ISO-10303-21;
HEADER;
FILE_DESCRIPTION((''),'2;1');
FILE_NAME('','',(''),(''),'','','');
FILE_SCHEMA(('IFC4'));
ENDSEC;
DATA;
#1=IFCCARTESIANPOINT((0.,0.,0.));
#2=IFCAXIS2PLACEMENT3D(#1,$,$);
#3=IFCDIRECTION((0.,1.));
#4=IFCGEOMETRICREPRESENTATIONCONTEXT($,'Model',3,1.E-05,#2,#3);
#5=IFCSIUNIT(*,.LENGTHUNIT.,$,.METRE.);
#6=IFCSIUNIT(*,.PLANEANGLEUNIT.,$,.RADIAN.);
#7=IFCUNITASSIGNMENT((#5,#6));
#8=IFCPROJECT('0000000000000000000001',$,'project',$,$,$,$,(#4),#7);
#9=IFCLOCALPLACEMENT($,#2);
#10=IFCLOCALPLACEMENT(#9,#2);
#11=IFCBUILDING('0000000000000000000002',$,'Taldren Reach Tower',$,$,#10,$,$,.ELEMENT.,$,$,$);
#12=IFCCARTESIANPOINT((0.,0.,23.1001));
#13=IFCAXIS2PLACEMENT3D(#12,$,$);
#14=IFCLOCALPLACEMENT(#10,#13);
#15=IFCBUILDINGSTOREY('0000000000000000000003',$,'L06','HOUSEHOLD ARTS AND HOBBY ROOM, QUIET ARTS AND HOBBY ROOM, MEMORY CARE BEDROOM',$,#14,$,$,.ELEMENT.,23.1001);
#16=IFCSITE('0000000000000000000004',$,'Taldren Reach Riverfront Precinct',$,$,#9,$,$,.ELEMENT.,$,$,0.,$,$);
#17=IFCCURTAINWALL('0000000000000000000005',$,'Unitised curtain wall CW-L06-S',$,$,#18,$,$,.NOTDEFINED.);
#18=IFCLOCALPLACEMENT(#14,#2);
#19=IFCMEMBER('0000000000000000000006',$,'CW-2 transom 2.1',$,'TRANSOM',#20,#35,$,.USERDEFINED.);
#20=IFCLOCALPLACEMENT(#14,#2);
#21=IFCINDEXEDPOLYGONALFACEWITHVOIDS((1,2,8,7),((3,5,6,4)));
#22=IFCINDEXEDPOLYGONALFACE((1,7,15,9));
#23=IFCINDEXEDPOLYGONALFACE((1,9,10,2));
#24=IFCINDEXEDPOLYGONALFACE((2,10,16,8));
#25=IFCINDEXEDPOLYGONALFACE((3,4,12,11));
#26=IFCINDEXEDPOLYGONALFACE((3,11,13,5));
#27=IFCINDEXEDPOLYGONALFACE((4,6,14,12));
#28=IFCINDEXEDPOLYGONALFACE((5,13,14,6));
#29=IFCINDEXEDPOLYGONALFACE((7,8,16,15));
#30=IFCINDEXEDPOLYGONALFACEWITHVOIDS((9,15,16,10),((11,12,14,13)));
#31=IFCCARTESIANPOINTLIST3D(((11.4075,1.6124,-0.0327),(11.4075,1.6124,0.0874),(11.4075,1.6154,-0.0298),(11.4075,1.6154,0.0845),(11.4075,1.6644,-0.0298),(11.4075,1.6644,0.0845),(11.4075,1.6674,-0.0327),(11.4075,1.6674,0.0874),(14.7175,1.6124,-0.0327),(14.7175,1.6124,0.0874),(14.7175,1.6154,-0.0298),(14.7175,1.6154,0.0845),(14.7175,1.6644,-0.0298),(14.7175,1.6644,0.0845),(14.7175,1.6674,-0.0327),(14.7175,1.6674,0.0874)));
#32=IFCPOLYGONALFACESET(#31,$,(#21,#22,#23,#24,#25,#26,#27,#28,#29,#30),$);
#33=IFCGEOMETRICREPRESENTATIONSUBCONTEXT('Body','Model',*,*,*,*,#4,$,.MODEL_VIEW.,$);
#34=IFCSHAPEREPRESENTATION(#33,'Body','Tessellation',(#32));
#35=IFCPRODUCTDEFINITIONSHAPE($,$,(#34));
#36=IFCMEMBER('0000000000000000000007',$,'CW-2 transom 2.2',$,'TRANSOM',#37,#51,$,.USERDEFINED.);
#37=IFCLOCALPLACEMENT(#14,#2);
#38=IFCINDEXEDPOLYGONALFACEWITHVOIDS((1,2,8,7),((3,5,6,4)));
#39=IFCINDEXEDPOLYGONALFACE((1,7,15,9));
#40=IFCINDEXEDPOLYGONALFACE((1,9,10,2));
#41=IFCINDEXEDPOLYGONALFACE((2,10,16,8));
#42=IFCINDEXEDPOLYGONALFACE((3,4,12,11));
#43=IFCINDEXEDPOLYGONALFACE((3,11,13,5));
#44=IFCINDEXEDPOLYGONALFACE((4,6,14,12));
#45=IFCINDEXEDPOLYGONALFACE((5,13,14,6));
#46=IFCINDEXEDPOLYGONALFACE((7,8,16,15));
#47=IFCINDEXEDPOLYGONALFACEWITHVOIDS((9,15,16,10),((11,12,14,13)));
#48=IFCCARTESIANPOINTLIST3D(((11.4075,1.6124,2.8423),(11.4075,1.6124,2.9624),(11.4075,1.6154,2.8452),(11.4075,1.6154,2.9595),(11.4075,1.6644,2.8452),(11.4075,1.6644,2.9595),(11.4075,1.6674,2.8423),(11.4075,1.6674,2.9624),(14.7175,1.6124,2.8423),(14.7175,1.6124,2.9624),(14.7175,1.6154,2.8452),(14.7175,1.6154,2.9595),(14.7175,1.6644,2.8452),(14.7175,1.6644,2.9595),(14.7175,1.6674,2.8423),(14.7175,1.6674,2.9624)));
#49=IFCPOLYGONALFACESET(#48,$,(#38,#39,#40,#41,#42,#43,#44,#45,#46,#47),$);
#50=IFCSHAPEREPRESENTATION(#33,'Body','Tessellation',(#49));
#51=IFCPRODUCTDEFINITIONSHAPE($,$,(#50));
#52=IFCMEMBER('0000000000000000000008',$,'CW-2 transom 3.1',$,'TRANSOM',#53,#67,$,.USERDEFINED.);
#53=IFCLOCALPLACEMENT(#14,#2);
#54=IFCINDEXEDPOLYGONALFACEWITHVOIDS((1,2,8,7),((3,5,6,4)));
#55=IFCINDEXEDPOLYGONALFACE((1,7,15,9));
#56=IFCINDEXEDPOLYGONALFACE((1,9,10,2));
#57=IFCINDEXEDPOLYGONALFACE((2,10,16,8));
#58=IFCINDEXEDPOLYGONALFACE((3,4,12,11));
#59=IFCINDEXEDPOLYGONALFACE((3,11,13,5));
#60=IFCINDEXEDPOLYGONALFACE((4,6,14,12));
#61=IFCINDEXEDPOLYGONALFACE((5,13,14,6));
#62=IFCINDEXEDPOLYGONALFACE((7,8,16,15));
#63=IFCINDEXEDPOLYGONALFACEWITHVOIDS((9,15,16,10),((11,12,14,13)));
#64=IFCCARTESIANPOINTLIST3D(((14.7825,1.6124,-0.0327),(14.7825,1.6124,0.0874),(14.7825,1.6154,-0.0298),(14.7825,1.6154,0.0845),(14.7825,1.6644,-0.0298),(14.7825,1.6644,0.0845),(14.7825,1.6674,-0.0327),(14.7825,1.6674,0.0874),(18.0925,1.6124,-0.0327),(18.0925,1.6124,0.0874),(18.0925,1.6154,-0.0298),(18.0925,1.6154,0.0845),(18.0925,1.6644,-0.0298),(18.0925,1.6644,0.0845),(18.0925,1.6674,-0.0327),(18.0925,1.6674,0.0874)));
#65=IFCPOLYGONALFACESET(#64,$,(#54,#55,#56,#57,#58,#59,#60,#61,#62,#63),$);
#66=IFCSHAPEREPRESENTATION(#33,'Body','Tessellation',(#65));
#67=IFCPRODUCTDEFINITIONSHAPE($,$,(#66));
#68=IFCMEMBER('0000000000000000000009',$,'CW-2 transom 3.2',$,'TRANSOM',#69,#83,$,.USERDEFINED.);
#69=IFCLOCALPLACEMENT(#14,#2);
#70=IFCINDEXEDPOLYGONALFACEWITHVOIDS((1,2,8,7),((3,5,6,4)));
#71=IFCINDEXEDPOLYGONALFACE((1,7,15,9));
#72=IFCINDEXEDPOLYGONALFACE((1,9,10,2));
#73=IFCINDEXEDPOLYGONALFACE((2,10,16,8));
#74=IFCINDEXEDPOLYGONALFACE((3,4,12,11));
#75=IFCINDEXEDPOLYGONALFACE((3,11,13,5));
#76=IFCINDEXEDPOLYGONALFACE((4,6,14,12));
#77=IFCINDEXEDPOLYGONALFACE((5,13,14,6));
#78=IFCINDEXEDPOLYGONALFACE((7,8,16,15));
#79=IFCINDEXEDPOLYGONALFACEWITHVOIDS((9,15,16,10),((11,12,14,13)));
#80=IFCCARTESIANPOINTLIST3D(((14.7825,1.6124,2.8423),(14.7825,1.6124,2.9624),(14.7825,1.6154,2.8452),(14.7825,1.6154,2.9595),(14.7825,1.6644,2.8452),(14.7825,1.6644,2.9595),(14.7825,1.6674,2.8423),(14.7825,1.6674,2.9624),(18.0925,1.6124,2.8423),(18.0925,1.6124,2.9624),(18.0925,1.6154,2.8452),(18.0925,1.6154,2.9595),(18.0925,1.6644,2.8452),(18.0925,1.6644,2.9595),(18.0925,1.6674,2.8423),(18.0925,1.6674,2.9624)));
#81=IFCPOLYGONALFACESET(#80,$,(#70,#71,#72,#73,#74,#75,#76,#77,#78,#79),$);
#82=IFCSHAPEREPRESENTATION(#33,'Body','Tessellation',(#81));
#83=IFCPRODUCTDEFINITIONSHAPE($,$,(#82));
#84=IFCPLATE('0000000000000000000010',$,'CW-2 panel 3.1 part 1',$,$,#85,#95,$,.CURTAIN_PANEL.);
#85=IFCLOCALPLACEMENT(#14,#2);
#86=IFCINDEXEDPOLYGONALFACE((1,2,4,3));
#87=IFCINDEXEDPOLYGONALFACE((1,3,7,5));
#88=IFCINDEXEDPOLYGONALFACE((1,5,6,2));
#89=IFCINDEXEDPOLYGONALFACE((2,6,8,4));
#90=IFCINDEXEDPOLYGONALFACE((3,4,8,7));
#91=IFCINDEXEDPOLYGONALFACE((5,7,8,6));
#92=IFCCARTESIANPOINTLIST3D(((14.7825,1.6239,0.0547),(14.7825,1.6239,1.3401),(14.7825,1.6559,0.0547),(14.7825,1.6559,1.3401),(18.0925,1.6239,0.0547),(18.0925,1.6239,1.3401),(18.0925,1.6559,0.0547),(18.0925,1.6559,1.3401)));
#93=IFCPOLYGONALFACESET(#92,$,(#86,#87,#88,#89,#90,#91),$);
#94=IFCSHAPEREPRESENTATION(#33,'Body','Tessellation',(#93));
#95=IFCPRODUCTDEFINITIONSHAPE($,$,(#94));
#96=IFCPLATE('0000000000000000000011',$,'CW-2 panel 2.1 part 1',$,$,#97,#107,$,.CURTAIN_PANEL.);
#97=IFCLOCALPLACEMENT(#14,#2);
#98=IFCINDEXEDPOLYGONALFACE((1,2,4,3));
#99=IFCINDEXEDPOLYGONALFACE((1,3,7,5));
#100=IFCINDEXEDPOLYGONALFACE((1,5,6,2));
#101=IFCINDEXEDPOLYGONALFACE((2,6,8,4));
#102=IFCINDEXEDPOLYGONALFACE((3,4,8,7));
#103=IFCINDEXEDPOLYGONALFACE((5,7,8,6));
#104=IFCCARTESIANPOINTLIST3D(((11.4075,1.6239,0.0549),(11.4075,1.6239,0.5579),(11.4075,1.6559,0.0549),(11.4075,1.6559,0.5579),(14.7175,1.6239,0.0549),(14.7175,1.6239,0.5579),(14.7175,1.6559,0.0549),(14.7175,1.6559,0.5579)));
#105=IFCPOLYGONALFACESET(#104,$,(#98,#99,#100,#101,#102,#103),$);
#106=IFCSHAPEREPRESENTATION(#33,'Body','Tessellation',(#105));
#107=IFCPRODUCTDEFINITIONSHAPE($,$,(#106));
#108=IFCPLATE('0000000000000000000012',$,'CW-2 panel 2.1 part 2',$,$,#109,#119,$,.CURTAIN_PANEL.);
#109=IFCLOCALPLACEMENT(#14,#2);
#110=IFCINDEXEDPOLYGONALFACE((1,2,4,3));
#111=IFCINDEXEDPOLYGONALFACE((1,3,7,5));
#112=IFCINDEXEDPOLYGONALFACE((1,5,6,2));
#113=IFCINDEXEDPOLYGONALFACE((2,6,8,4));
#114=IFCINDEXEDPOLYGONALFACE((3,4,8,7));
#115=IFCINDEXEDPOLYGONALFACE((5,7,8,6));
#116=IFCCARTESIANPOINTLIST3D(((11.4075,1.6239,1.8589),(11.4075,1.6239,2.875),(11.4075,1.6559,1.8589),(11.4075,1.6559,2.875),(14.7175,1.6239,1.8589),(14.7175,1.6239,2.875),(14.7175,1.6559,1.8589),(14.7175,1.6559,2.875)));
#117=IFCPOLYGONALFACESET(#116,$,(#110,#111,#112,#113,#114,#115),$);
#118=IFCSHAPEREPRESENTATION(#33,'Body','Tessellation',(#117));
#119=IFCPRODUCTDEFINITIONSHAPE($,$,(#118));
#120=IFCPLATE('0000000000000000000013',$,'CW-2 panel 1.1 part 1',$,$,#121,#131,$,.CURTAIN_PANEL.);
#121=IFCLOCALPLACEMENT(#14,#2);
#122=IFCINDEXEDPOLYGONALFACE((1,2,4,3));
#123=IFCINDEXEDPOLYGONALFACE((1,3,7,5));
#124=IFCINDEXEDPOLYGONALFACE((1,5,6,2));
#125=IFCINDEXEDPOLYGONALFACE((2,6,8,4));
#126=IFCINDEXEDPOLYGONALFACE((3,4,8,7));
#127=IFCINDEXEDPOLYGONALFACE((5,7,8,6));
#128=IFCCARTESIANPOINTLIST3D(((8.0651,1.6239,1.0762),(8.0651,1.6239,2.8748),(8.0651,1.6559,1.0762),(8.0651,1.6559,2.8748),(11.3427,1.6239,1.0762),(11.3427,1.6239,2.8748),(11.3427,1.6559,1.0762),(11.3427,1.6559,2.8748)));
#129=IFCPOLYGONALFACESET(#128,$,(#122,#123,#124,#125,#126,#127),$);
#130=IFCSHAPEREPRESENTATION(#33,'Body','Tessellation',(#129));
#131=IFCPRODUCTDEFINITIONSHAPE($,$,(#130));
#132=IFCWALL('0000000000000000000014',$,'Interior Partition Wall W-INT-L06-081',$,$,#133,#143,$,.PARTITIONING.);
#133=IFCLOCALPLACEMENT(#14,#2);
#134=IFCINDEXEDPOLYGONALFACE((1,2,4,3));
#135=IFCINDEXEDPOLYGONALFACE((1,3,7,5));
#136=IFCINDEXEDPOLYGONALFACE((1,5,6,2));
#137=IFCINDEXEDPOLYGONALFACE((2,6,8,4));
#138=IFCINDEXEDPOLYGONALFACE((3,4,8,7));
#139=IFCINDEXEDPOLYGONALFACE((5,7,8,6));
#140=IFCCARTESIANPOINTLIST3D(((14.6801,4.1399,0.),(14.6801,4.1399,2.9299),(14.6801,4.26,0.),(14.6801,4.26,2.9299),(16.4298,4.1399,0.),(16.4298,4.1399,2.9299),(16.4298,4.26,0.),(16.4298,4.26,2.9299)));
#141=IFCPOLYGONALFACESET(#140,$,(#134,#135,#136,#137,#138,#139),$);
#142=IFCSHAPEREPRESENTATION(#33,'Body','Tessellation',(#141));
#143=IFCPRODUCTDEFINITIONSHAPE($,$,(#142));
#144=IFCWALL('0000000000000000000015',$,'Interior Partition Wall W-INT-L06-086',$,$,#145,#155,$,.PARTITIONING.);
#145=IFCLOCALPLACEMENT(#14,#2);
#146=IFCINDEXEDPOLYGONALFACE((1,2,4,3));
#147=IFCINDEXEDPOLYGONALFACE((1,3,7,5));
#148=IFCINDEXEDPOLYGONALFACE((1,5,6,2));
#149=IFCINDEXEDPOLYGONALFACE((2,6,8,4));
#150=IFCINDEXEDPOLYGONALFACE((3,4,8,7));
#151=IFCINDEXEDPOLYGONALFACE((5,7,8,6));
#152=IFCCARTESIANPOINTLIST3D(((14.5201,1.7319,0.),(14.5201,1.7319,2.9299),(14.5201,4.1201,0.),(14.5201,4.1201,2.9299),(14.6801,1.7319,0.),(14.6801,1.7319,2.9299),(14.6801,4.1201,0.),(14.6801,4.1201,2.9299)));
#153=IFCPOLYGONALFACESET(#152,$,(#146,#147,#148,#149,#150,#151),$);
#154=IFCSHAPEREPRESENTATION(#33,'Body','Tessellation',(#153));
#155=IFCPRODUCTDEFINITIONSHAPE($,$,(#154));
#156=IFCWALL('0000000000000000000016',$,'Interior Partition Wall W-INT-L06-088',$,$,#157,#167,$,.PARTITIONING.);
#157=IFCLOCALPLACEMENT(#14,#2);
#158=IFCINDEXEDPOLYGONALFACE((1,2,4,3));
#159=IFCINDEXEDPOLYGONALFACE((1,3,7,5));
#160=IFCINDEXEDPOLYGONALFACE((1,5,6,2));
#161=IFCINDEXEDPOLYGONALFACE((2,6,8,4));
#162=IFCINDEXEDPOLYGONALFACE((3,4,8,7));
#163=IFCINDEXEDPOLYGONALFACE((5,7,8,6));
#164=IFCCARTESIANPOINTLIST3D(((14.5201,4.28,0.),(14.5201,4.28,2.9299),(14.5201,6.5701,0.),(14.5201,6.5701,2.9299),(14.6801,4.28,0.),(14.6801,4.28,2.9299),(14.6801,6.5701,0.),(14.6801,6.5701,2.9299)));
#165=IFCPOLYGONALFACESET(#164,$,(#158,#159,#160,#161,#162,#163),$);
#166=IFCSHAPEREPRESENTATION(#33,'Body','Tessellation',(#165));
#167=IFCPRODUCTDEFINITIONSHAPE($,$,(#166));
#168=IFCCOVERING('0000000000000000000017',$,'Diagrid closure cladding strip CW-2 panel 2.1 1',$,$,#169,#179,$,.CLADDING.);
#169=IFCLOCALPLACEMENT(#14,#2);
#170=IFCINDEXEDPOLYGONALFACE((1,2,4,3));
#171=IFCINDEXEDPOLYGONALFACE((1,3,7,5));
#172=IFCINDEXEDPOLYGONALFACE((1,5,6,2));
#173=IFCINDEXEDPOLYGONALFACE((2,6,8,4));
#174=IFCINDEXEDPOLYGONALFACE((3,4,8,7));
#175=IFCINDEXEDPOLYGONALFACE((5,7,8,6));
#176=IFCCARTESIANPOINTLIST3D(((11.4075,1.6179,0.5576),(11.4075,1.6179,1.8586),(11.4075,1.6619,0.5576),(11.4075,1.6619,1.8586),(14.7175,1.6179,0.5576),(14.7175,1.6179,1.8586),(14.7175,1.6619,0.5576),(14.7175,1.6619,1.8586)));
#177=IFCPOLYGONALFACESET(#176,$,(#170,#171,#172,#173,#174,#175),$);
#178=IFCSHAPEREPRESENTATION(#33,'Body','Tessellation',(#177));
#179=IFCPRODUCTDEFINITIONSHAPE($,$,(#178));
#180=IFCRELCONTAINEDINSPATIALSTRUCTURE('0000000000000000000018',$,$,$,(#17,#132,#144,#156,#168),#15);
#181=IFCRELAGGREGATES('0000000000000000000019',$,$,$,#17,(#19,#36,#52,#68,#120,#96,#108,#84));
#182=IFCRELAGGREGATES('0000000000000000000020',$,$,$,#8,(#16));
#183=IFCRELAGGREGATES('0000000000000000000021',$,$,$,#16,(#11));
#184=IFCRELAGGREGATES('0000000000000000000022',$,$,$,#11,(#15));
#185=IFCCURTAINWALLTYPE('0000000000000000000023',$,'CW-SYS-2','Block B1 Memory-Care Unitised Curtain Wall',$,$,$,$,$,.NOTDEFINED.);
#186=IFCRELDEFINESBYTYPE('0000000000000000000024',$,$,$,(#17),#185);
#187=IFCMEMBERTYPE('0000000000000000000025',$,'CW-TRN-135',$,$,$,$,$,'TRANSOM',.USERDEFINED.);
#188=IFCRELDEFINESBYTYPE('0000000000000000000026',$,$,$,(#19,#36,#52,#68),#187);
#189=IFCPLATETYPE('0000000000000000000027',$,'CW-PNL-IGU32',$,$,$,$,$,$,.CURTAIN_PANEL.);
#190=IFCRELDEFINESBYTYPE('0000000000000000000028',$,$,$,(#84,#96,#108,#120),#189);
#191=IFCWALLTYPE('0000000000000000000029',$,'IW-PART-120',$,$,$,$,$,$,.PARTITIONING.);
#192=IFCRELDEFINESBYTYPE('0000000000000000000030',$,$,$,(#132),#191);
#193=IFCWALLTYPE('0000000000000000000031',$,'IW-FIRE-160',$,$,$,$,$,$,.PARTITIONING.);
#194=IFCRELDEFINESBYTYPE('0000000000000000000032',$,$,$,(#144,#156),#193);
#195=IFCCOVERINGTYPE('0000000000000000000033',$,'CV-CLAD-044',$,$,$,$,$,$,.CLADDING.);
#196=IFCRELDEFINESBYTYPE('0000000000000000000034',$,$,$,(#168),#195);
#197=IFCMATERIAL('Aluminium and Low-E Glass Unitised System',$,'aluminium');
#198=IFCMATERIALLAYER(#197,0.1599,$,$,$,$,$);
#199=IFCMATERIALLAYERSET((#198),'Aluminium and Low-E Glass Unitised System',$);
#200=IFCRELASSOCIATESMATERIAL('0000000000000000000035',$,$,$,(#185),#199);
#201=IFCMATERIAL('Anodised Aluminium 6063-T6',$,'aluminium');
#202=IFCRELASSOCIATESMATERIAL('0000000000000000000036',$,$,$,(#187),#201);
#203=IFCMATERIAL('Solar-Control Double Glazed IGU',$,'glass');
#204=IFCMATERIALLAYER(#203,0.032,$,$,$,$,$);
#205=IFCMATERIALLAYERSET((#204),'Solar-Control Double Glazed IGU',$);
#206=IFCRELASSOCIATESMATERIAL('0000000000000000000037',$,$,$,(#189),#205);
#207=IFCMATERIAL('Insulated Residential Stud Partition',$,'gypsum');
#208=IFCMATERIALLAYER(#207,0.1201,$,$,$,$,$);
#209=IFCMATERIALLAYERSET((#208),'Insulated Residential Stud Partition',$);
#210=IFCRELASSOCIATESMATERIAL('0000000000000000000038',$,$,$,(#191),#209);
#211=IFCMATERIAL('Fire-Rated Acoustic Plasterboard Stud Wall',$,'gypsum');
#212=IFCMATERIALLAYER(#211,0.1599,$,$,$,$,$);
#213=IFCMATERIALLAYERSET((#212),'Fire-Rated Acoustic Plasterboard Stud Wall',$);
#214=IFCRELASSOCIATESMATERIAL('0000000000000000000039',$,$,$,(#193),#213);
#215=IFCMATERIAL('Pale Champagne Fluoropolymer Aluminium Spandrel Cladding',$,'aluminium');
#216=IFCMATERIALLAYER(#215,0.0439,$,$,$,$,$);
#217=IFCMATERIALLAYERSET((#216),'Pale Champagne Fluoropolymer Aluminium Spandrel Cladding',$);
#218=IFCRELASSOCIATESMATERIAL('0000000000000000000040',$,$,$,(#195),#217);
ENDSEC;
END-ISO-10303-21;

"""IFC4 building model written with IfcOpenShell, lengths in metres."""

from ifc_helpers import new_model, si_unit, direction, frame, frame_2d, origin, origin_2d, place, context, subcontext, project, spatial, rectangle, hollow_rectangle, extrude, source, transform, mapped, material, layer, layer_set, material_profile, profile_set, type_object, element, aggregate, save


model = new_model("IFC4")

# Units and contexts
model_context = context("Model", 3, precision=1e-05, world=origin(), true_north=direction((0.0, 1.0)))
body_context = subcontext(model_context, "Body", "Model", "MODEL_VIEW")
ifc_project = project(units=[si_unit("LENGTHUNIT", "METRE"), si_unit("PLANEANGLEUNIT", "RADIAN")], contexts=[model_context])

# Site, building, storey
site_placement = place(None, origin())
site = spatial("IfcSite", under=ifc_project, at=site_placement, Name="Taldren Reach Riverfront Precinct", CompositionType="ELEMENT", RefElevation=0.0)
building_placement = place(site_placement, origin())
building = spatial("IfcBuilding", under=site, at=building_placement, Name="Taldren Reach Tower", CompositionType="ELEMENT")
storey_placement = place(building_placement, frame((0.0, 0.0, 23.1001)))
storey = spatial("IfcBuildingStorey", under=building, at=storey_placement, Name="L06", Description="HOUSEHOLD ARTS AND HOBBY ROOM, QUIET ARTS AND HOBBY ROOM, MEMORY CARE BEDROOM", CompositionType="ELEMENT", Elevation=23.1001)

# Curtain wall, members, plates
ifc_material_1 = material(Name="Aluminium and Low-E Glass Unitised System", Category="aluminium")
ifc_layer_1 = layer(ifc_material_1, 0.1599)
ifc_layer_set_1 = layer_set([ifc_layer_1], Name="Aluminium and Low-E Glass Unitised System")
curtain_wall_type = type_object("IfcCurtainWallType", Name="CW-SYS-2", Description="Block B1 Memory-Care Unitised Curtain Wall", PredefinedType="NOTDEFINED", material=ifc_layer_set_1)
curtain_wall_placement = place(storey_placement, origin())
curtain_wall = element("IfcCurtainWall", 1, at=curtain_wall_placement, inside=storey, type_object=curtain_wall_type, Name="Unitised curtain wall CW-L06-S", PredefinedType="NOTDEFINED")
ifc_material_2 = material(Name="Anodised Aluminium 6063-T6", Category="aluminium")
ifc_material_profile_1 = material_profile(ifc_material_2, hollow_rectangle(XDim=0.0549, YDim=0.1201, WallThickness=0.0029, at=origin_2d()), Name="ALU-120x55x3RHS")
ifc_profile_set_1 = profile_set([ifc_material_profile_1], Name="Anodised Aluminium 6063-T6")
member_type_1 = type_object("IfcMemberType", Name="CW-TRN-135", ElementType="TRANSOM", PredefinedType="USERDEFINED", material=ifc_profile_set_1)
shared_shape_1 = source(origin(), body_context, "Body", "SweptSolid", [
    extrude(hollow_rectangle(XDim=0.0549, YDim=0.1201, WallThickness=0.0029, at=origin_2d()), origin(), (0.0, 0.0, 1.0), 3.3101),
])
member_1_placement = place(storey_placement, frame((11.4075, 1.6399, 0.0273), z_axis=(1.0, 0.0, 0.0), x_axis=(0.0, 1.0, 0.0)))
member_1 = element("IfcMember", 2, at=member_1_placement, type_object=member_type_1, Name="CW-2 transom 2.1", ObjectType="TRANSOM", PredefinedType="USERDEFINED", context=body_context, shape_type="MappedRepresentation", body=[
    mapped(shared_shape_1, transform((0.0, 0.0, 0.0), scale=1.0)),
])
member_2_placement = place(storey_placement, frame((11.4075, 1.6399, 2.9023), z_axis=(1.0, 0.0, 0.0), x_axis=(0.0, 1.0, 0.0)))
member_2 = element("IfcMember", 3, at=member_2_placement, type_object=member_type_1, Name="CW-2 transom 2.2", ObjectType="TRANSOM", PredefinedType="USERDEFINED", context=body_context, shape_type="MappedRepresentation", body=[
    mapped(shared_shape_1, transform((0.0, 0.0, 0.0), scale=1.0)),
])
member_3_placement = place(storey_placement, frame((14.7825, 1.6399, 0.0273), z_axis=(1.0, 0.0, 0.0), x_axis=(0.0, 1.0, 0.0)))
member_3 = element("IfcMember", 4, at=member_3_placement, type_object=member_type_1, Name="CW-2 transom 3.1", ObjectType="TRANSOM", PredefinedType="USERDEFINED", context=body_context, shape_type="MappedRepresentation", body=[
    mapped(shared_shape_1, transform((0.0, 0.0, 0.0), scale=1.0)),
])
member_4_placement = place(storey_placement, frame((14.7825, 1.6399, 2.9023), z_axis=(1.0, 0.0, 0.0), x_axis=(0.0, 1.0, 0.0)))
member_4 = element("IfcMember", 5, at=member_4_placement, type_object=member_type_1, Name="CW-2 transom 3.2", ObjectType="TRANSOM", PredefinedType="USERDEFINED", context=body_context, shape_type="MappedRepresentation", body=[
    mapped(shared_shape_1, transform((0.0, 0.0, 0.0), scale=1.0)),
])
ifc_material_3 = material(Name="Solar-Control Double Glazed IGU", Category="glass")
ifc_layer_2 = layer(ifc_material_3, 0.032)
ifc_layer_set_2 = layer_set([ifc_layer_2], Name="Solar-Control Double Glazed IGU")
plate_type = type_object("IfcPlateType", Name="CW-PNL-IGU32", PredefinedType="CURTAIN_PANEL", material=ifc_layer_set_2)
shared_shape_2 = source(origin(), body_context, "Body", "SweptSolid", [
    extrude(rectangle(XDim=3.3101, YDim=0.032, at=origin_2d()), origin(), (0.0, 0.0, 1.0), 1.2854),
])
plate_1_placement = place(storey_placement, frame((16.4375, 1.6399, 0.0547), z_axis=(0.0, 0.0, 1.0), x_axis=(1.0, 0.0, 0.0)))
plate_1 = element("IfcPlate", 6, at=plate_1_placement, type_object=plate_type, Name="CW-2 panel 3.1 part 1", PredefinedType="CURTAIN_PANEL", context=body_context, shape_type="MappedRepresentation", body=[
    mapped(shared_shape_2, transform((0.0, 0.0, 0.0), scale=1.0)),
])
shared_shape_3 = source(origin(), body_context, "Body", "SweptSolid", [
    extrude(rectangle(XDim=3.3101, YDim=0.032, at=origin_2d()), origin(), (0.0, 0.0, 1.0), 0.5029),
])
plate_2_placement = place(storey_placement, frame((13.0625, 1.6399, 0.0549), z_axis=(0.0, 0.0, 1.0), x_axis=(1.0, 0.0, 0.0)))
plate_2 = element("IfcPlate", 7, at=plate_2_placement, type_object=plate_type, Name="CW-2 panel 2.1 part 1", PredefinedType="CURTAIN_PANEL", context=body_context, shape_type="MappedRepresentation", body=[
    mapped(shared_shape_3, transform((0.0, 0.0, 0.0), scale=1.0)),
])
shared_shape_4 = source(origin(), body_context, "Body", "SweptSolid", [
    extrude(rectangle(XDim=3.3101, YDim=0.032, at=origin_2d()), origin(), (0.0, 0.0, 1.0), 1.0161),
])
plate_3_placement = place(storey_placement, frame((13.0625, 1.6399, 1.8589), z_axis=(0.0, 0.0, 1.0), x_axis=(1.0, 0.0, 0.0)))
plate_3 = element("IfcPlate", 8, at=plate_3_placement, type_object=plate_type, Name="CW-2 panel 2.1 part 2", PredefinedType="CURTAIN_PANEL", context=body_context, shape_type="MappedRepresentation", body=[
    mapped(shared_shape_4, transform((0.0, 0.0, 0.0), scale=1.0)),
])
shared_shape_5 = source(origin(), body_context, "Body", "SweptSolid", [
    extrude(rectangle(XDim=3.2776, YDim=0.032, at=origin_2d()), origin(), (0.0, 0.0, 1.0), 1.7986),
])
plate_4_placement = place(storey_placement, frame((9.7039, 1.6399, 1.0762), z_axis=(0.0, 0.0, 1.0), x_axis=(1.0, 0.0, 0.0)))
plate_4 = element("IfcPlate", 9, at=plate_4_placement, type_object=plate_type, Name="CW-2 panel 1.1 part 1", PredefinedType="CURTAIN_PANEL", context=body_context, shape_type="MappedRepresentation", body=[
    mapped(shared_shape_5, transform((0.0, 0.0, 0.0), scale=1.0)),
])
aggregate(curtain_wall, [member_1, member_2, member_3, member_4, plate_4, plate_2, plate_3, plate_1])

# Walls
ifc_material_4 = material(Name="Insulated Residential Stud Partition", Category="gypsum")
ifc_layer_3 = layer(ifc_material_4, 0.1201)
ifc_layer_set_3 = layer_set([ifc_layer_3], Name="Insulated Residential Stud Partition")
wall_type_1 = type_object("IfcWallType", Name="IW-PART-120", PredefinedType="PARTITIONING", material=ifc_layer_set_3)
shared_shape_6 = source(origin(), body_context, "Body", "SweptSolid", [
    extrude(rectangle(XDim=1.7498, YDim=0.1201, at=frame_2d((0.875, 0.0))), origin(), (0.0, 0.0, 1.0), 2.9299),
])
wall_1_placement = place(storey_placement, frame((14.6799, 4.2, 0.0), z_axis=(0.0, 0.0, 1.0), x_axis=(1.0, 0.0, 0.0)))
element("IfcWall", 10, at=wall_1_placement, inside=storey, type_object=wall_type_1, Name="Interior Partition Wall W-INT-L06-081", PredefinedType="PARTITIONING", context=body_context, shape_type="MappedRepresentation", body=[
    mapped(shared_shape_6, transform((0.0, 0.0, 0.0), scale=1.0)),
])
ifc_material_5 = material(Name="Fire-Rated Acoustic Plasterboard Stud Wall", Category="gypsum")
ifc_layer_4 = layer(ifc_material_5, 0.1599)
ifc_layer_set_4 = layer_set([ifc_layer_4], Name="Fire-Rated Acoustic Plasterboard Stud Wall")
wall_type_2 = type_object("IfcWallType", Name="IW-FIRE-160", PredefinedType="PARTITIONING", material=ifc_layer_set_4)
shared_shape_7 = source(origin(), body_context, "Body", "SweptSolid", [
    extrude(rectangle(XDim=2.3882, YDim=0.1599, at=frame_2d((1.1941, 0.0))), origin(), (0.0, 0.0, 1.0), 2.9299),
])
wall_2_placement = place(storey_placement, frame((14.6001, 1.7319, 0.0), z_axis=(0.0, 0.0, 1.0), x_axis=(0.0, 1.0, 0.0)))
element("IfcWall", 11, at=wall_2_placement, inside=storey, type_object=wall_type_2, Name="Interior Partition Wall W-INT-L06-086", PredefinedType="PARTITIONING", context=body_context, shape_type="MappedRepresentation", body=[
    mapped(shared_shape_7, transform((0.0, 0.0, 0.0), scale=1.0)),
])
shared_shape_8 = source(origin(), body_context, "Body", "SweptSolid", [
    extrude(rectangle(XDim=2.29, YDim=0.1599, at=frame_2d((1.145, 0.0))), origin(), (0.0, 0.0, 1.0), 2.9299),
])
wall_3_placement = place(storey_placement, frame((14.6001, 4.28, 0.0), z_axis=(0.0, 0.0, 1.0), x_axis=(0.0, 1.0, 0.0)))
element("IfcWall", 12, at=wall_3_placement, inside=storey, type_object=wall_type_2, Name="Interior Partition Wall W-INT-L06-088", PredefinedType="PARTITIONING", context=body_context, shape_type="MappedRepresentation", body=[
    mapped(shared_shape_8, transform((0.0, 0.0, 0.0), scale=1.0)),
])

# Covering
ifc_material_6 = material(Name="Pale Champagne Fluoropolymer Aluminium Spandrel Cladding", Category="aluminium")
ifc_layer_5 = layer(ifc_material_6, 0.0439)
ifc_layer_set_5 = layer_set([ifc_layer_5], Name="Pale Champagne Fluoropolymer Aluminium Spandrel Cladding")
covering_type = type_object("IfcCoveringType", Name="CV-CLAD-044", PredefinedType="CLADDING", material=ifc_layer_set_5)
shared_shape_9 = source(origin(), body_context, "Body", "SweptSolid", [
    extrude(rectangle(XDim=3.3101, YDim=0.0439, at=origin_2d()), origin(), (0.0, 0.0, 1.0), 1.301),
])
covering_1_placement = place(storey_placement, frame((13.0625, 1.6399, 0.5576), z_axis=(0.0, 0.0, 1.0), x_axis=(1.0, 0.0, 0.0)))
element("IfcCovering", 13, at=covering_1_placement, inside=storey, type_object=covering_type, Name="Diagrid closure cladding strip CW-2 panel 2.1 1", PredefinedType="CLADDING", context=body_context, shape_type="MappedRepresentation", body=[
    mapped(shared_shape_9, transform((0.0, 0.0, 0.0), scale=1.0)),
])

save(model, "model.ifc")
